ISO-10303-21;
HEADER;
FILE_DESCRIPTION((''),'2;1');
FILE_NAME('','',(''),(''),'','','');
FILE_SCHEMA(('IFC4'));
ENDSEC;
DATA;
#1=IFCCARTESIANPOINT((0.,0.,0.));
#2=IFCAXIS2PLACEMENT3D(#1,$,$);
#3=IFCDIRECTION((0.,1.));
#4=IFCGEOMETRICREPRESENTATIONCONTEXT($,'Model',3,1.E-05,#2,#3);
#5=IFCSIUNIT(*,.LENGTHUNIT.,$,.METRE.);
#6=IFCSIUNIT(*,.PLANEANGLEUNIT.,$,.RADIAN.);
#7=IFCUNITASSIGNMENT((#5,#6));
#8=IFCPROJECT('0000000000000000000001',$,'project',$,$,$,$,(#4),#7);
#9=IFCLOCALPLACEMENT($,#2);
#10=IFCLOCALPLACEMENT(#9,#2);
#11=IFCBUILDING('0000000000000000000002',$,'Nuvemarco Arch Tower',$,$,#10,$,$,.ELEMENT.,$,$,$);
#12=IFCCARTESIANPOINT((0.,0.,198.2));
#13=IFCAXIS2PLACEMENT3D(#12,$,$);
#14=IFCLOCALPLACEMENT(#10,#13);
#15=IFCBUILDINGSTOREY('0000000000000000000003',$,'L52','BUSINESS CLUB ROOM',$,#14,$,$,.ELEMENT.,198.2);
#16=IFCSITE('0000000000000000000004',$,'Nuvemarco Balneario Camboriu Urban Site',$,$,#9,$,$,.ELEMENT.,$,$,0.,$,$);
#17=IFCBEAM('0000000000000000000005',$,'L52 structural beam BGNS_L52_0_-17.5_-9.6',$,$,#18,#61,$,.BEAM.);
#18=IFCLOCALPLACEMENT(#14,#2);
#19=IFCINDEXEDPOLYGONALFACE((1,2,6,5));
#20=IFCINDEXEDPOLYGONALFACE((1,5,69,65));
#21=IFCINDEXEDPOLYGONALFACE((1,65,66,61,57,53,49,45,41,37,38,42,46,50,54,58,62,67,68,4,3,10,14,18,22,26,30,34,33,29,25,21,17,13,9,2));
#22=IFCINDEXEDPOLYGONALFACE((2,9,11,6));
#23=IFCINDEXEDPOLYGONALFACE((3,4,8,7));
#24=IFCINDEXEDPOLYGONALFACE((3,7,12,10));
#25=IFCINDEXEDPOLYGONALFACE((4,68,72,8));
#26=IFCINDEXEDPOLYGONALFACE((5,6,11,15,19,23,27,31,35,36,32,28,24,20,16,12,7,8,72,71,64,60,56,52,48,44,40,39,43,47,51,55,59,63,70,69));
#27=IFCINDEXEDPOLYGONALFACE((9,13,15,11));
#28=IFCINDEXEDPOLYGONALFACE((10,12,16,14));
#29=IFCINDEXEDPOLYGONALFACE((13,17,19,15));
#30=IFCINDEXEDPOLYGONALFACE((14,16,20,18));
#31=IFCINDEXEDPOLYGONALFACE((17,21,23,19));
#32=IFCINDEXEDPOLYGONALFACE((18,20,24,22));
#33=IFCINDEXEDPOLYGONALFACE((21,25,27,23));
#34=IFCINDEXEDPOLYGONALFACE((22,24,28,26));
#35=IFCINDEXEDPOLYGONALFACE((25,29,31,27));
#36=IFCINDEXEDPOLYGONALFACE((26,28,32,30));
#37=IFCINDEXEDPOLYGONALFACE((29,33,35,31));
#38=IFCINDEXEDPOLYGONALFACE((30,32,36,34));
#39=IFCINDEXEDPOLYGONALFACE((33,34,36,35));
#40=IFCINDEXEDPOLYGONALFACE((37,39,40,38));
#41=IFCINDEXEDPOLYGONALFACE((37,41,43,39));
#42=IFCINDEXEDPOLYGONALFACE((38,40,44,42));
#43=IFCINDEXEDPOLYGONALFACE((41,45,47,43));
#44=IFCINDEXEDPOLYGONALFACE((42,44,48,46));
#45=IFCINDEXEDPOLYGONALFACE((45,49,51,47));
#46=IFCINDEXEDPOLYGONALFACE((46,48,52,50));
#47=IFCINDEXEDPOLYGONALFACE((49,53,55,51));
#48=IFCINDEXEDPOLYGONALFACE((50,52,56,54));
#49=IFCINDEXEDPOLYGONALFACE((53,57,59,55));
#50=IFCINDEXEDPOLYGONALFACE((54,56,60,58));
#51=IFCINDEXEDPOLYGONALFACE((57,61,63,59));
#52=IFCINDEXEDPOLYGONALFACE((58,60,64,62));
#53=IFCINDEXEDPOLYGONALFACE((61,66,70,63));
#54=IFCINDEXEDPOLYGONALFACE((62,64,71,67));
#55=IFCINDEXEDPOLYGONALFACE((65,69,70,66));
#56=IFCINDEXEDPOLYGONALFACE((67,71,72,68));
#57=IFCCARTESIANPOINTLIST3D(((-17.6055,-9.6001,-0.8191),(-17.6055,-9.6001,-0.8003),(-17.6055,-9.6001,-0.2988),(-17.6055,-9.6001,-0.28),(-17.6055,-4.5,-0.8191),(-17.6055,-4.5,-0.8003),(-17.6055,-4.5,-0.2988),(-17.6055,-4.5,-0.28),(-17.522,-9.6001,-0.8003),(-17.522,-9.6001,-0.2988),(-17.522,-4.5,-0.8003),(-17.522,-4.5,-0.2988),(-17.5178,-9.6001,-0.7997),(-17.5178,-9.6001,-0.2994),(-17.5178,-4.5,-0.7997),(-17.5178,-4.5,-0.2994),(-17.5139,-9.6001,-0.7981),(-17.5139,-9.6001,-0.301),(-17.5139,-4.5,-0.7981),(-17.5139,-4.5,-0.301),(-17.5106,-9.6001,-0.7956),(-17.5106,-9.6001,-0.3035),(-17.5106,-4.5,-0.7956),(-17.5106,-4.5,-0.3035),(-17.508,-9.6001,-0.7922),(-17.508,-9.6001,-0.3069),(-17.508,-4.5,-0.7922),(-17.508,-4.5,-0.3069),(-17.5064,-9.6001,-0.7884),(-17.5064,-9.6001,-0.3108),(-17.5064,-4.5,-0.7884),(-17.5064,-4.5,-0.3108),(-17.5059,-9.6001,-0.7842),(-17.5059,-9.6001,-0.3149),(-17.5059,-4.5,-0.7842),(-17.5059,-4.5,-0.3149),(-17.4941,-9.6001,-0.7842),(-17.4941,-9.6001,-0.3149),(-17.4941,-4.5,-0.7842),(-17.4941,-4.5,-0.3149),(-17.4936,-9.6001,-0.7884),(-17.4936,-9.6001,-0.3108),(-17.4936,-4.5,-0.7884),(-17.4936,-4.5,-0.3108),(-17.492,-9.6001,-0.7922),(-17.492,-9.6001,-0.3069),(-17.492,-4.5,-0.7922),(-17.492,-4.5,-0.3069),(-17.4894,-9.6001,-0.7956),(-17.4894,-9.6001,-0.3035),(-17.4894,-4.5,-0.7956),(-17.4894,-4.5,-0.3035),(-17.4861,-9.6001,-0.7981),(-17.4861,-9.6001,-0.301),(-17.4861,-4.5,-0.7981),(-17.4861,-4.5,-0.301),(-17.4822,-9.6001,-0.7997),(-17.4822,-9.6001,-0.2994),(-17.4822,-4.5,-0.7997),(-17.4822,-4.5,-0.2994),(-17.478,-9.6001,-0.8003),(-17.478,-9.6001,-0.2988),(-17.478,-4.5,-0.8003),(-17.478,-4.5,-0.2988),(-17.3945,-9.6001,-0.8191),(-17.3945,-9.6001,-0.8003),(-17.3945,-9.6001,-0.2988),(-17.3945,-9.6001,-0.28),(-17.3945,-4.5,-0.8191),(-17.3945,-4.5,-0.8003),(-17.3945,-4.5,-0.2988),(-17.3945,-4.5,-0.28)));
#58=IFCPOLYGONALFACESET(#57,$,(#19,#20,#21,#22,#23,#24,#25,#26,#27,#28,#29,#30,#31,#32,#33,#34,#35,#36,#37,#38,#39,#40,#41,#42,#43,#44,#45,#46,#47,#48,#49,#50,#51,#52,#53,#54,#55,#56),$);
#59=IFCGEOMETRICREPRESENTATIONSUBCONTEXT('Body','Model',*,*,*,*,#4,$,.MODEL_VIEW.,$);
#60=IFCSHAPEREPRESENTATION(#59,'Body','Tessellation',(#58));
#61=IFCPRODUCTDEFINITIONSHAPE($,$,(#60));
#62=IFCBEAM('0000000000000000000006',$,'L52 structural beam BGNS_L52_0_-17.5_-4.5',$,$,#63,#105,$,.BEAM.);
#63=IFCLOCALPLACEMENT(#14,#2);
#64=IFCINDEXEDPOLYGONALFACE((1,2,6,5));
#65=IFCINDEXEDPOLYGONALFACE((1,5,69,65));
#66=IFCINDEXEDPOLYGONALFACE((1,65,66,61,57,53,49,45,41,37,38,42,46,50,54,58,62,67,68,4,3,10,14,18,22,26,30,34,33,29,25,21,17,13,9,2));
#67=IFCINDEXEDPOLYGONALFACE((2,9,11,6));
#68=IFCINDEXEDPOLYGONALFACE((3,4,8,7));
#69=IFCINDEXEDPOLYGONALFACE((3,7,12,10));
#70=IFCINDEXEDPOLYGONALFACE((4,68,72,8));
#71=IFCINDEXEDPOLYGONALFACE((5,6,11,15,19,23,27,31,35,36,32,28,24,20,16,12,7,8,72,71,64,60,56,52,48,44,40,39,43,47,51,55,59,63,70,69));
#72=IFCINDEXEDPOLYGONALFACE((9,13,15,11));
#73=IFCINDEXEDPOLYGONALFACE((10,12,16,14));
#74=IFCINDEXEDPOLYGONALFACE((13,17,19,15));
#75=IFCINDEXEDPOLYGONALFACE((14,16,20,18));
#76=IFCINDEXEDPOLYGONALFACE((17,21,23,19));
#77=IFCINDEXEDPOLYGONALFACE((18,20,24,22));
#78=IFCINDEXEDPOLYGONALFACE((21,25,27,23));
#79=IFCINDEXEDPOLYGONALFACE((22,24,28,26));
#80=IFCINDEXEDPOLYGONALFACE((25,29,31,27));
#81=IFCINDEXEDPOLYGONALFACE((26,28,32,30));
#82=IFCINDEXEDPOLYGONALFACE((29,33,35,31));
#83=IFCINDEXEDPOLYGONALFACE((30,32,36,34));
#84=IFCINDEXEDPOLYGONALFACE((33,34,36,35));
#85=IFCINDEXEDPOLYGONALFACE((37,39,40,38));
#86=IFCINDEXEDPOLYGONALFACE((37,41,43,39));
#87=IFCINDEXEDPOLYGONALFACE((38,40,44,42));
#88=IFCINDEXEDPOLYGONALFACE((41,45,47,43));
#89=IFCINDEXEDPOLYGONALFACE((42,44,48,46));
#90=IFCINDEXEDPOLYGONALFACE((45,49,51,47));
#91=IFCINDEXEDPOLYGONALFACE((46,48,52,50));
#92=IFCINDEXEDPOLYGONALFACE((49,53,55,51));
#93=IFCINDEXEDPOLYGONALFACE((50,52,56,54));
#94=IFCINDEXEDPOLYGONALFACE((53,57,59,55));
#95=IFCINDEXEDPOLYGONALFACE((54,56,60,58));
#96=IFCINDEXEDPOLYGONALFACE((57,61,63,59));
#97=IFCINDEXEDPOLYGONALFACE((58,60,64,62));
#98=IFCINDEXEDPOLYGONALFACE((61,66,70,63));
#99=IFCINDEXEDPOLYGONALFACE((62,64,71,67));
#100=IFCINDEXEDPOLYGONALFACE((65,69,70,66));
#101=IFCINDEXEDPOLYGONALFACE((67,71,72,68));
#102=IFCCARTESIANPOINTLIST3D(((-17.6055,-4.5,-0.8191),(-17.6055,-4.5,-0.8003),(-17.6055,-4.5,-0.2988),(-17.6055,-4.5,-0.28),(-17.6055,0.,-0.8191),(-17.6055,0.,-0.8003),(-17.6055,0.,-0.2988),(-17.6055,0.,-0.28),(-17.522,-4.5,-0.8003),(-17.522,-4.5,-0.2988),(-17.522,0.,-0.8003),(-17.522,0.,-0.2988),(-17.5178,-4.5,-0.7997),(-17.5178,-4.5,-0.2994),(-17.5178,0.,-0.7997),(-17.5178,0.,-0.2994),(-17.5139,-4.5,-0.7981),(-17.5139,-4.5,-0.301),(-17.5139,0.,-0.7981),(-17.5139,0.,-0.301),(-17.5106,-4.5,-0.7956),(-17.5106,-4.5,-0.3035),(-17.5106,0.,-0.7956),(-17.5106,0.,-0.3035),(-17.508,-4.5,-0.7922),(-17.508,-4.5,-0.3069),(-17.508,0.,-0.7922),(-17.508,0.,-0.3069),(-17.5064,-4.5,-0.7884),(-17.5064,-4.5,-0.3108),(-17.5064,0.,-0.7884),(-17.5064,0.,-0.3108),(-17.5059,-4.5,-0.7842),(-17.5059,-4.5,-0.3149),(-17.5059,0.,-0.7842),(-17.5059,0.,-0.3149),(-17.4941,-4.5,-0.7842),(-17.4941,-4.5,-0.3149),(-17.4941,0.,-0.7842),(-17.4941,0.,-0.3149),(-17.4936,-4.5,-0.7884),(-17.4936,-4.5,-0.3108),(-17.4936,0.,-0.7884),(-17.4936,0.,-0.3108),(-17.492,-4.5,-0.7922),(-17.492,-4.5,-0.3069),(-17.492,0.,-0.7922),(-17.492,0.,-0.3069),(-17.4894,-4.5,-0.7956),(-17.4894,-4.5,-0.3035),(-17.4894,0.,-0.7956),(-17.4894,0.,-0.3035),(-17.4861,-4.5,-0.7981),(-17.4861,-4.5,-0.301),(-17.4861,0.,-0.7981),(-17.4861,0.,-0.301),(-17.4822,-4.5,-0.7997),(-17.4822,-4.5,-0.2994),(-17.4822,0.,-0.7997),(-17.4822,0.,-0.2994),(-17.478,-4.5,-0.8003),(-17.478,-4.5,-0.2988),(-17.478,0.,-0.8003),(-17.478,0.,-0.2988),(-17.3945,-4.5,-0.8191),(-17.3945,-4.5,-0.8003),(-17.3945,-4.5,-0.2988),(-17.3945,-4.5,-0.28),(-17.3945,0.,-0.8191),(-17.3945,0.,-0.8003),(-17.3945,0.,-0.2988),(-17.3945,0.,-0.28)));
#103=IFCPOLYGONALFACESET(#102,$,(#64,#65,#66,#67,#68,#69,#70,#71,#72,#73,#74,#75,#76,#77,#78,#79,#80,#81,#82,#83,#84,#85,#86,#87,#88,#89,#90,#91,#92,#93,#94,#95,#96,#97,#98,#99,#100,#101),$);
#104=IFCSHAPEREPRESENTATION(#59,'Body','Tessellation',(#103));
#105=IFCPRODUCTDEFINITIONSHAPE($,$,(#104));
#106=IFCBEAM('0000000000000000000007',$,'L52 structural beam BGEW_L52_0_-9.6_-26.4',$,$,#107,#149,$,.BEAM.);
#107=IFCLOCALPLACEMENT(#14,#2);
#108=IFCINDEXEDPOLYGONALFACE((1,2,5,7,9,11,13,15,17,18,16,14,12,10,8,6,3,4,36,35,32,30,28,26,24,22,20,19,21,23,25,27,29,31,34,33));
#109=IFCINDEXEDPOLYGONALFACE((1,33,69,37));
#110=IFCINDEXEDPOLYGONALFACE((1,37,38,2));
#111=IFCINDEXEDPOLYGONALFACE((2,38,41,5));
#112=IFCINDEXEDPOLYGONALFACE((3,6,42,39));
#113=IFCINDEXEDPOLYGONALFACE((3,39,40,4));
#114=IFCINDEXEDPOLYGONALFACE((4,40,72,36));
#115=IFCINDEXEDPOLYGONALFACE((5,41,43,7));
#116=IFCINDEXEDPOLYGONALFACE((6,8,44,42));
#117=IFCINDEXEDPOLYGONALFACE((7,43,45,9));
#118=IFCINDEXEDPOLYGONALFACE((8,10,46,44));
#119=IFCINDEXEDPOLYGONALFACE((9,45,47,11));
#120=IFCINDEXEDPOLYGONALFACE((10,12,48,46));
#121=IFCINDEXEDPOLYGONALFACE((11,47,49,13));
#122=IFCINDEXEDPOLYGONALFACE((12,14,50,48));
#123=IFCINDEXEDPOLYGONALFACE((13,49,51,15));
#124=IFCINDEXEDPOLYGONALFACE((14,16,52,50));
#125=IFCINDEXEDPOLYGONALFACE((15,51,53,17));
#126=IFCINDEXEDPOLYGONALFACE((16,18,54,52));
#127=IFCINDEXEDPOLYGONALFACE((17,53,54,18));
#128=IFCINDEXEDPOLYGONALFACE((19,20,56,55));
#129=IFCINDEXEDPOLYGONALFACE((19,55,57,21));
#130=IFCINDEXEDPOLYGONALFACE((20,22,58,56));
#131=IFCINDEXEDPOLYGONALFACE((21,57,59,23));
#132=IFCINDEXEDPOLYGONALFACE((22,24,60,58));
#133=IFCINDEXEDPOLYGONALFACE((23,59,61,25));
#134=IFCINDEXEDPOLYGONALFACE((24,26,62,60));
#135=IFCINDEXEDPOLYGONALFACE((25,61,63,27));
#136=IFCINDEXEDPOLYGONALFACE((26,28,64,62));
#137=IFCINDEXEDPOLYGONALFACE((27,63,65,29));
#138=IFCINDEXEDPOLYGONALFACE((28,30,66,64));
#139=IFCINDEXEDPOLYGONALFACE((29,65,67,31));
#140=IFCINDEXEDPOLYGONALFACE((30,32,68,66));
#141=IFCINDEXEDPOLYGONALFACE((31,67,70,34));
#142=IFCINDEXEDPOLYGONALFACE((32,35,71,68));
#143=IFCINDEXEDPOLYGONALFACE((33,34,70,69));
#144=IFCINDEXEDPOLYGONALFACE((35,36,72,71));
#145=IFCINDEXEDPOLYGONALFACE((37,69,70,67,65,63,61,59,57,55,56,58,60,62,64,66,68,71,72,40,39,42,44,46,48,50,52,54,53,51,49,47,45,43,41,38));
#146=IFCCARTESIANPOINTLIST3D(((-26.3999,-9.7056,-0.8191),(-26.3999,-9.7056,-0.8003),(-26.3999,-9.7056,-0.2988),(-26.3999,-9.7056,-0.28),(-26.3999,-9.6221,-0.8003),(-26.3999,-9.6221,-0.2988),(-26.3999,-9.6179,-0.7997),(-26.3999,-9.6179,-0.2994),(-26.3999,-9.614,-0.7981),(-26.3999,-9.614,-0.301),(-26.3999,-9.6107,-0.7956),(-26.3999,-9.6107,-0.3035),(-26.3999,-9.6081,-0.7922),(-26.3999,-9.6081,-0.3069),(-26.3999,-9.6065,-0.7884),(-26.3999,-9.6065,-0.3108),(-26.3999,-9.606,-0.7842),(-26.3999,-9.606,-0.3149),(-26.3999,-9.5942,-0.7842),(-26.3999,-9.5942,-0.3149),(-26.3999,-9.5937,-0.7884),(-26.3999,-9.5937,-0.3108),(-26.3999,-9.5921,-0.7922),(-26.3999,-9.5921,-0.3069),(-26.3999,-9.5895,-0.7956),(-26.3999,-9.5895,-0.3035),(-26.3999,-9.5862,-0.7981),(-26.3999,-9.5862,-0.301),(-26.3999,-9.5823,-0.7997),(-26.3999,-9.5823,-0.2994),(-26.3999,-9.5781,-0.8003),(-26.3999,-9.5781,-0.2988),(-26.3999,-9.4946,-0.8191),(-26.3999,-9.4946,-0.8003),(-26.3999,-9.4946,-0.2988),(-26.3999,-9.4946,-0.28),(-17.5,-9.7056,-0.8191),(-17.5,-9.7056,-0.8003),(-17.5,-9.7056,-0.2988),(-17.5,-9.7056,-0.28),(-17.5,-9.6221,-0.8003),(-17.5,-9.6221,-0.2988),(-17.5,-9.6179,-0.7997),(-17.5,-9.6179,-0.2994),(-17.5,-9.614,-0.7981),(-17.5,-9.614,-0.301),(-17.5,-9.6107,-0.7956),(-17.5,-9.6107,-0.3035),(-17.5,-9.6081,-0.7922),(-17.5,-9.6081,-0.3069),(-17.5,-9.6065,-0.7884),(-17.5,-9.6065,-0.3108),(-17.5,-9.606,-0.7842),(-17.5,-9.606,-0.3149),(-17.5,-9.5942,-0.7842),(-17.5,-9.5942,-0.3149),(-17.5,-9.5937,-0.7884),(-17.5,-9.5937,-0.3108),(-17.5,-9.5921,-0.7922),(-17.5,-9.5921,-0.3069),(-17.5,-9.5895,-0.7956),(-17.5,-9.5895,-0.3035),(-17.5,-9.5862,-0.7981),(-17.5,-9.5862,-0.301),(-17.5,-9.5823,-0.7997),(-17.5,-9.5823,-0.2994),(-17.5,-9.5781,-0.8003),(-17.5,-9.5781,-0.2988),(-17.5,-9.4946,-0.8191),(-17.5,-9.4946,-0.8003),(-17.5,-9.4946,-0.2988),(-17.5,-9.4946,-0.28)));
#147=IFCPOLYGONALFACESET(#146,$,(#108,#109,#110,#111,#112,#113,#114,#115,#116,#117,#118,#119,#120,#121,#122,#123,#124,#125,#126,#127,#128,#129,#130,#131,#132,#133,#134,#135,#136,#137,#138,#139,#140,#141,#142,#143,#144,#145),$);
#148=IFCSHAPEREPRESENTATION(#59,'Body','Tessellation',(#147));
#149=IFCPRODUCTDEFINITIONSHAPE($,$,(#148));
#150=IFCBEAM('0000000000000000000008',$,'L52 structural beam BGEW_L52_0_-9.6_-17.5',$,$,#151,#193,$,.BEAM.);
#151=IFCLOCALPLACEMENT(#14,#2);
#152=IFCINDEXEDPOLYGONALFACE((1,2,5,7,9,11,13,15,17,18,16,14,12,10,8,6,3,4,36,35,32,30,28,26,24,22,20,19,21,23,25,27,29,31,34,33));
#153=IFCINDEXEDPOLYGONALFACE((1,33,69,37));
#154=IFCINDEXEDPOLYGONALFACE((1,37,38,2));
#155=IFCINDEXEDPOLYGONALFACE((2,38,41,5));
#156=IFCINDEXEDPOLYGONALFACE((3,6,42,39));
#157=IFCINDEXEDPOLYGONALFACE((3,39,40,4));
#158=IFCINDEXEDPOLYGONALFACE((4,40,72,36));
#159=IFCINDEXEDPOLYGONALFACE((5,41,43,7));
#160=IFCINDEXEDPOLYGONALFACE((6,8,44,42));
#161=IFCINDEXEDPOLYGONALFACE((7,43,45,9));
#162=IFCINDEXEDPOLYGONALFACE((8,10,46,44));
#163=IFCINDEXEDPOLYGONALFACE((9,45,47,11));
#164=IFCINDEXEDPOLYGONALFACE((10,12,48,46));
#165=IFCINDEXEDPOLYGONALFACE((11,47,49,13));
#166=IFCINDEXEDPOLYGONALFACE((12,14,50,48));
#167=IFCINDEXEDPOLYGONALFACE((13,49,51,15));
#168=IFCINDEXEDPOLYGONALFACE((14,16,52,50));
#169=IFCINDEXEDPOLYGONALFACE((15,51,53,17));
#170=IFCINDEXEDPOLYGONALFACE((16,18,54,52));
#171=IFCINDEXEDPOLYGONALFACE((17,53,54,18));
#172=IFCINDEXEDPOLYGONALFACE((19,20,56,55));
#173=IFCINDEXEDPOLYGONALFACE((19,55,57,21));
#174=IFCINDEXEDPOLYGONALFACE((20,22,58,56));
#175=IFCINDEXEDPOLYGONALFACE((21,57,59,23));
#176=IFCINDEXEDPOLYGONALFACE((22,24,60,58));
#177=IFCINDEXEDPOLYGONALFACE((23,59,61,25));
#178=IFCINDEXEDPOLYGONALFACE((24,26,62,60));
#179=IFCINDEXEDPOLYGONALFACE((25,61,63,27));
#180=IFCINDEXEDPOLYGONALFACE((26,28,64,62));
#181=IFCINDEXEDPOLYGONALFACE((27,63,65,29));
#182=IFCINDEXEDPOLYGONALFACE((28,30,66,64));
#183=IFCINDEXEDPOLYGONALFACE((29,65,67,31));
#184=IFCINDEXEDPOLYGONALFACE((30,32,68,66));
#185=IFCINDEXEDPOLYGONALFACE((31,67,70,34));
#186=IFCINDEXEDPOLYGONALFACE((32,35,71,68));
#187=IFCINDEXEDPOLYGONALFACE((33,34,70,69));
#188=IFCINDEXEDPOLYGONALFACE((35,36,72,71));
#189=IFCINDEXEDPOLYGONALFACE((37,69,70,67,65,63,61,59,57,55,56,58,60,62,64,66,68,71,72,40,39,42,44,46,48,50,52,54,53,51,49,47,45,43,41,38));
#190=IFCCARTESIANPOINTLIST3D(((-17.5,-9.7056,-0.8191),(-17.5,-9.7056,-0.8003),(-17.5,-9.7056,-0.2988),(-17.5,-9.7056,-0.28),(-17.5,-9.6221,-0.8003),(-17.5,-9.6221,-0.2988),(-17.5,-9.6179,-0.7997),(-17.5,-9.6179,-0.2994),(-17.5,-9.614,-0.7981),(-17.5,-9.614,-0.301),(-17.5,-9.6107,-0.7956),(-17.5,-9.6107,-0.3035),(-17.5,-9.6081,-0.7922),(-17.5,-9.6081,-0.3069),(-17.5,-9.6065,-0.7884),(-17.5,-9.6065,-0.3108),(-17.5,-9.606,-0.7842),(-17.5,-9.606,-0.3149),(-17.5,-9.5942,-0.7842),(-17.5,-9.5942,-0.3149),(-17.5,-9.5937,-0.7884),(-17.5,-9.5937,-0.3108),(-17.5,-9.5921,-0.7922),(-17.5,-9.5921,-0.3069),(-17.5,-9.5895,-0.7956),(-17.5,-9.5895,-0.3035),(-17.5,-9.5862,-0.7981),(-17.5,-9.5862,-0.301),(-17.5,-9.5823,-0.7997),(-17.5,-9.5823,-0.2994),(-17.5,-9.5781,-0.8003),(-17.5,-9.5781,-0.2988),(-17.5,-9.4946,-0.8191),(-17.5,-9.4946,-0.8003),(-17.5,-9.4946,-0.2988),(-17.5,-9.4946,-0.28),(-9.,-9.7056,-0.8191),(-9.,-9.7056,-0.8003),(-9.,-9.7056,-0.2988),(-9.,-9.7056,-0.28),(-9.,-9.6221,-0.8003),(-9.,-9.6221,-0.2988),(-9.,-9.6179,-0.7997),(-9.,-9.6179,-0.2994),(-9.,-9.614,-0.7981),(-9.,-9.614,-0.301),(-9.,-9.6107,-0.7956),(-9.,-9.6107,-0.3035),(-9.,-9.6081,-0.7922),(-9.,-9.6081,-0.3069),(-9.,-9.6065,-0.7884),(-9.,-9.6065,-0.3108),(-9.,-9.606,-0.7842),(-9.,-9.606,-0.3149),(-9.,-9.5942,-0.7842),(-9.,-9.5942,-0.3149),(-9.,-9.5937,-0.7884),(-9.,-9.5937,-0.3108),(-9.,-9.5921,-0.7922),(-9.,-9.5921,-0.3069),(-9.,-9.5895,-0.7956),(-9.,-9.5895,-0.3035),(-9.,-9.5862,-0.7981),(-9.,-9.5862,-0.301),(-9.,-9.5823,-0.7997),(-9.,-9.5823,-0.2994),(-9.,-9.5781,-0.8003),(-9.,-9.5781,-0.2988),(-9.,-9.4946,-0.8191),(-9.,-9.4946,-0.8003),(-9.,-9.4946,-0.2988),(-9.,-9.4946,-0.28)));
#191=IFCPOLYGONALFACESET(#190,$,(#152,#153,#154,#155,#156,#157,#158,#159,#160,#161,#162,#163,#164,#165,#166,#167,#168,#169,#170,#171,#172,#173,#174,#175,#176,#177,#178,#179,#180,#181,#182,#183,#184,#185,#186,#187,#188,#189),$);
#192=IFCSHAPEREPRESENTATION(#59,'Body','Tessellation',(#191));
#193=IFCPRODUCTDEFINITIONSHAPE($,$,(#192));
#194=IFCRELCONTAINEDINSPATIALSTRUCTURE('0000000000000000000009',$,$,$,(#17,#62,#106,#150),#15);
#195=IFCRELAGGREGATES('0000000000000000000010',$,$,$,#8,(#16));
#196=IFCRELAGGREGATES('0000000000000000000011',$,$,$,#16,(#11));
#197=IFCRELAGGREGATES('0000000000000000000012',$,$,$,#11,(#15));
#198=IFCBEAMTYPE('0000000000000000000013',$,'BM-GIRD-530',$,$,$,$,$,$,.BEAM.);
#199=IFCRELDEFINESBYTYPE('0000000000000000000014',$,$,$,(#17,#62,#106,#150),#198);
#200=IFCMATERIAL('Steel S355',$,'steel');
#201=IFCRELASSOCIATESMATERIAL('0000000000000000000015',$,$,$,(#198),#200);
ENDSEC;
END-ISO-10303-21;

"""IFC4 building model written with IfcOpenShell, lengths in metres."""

from ifc_helpers import new_model, si_unit, direction, frame, origin, origin_2d, place, context, subcontext, project, spatial, i_section, extrude, material, material_profile, profile_set, type_object, element, save


model = new_model("IFC4")

# Units and contexts
model_context = context("Model", 3, precision=1e-05, world=origin(), true_north=direction((0.0, 1.0)))
body_context = subcontext(model_context, "Body", "Model", "MODEL_VIEW")
ifc_project = project(units=[si_unit("LENGTHUNIT", "METRE"), si_unit("PLANEANGLEUNIT", "RADIAN")], contexts=[model_context])

# Site, building, storey
site_placement = place(None, origin())
site = spatial("IfcSite", under=ifc_project, at=site_placement, Name="Nuvemarco Balneario Camboriu Urban Site", CompositionType="ELEMENT", RefElevation=0.0)
building_placement = place(site_placement, origin())
building = spatial("IfcBuilding", under=site, at=building_placement, Name="Nuvemarco Arch Tower", CompositionType="ELEMENT")
storey_placement = place(building_placement, frame((0.0, 0.0, 198.2)))
storey = spatial("IfcBuildingStorey", under=building, at=storey_placement, Name="L52", Description="BUSINESS CLUB ROOM", CompositionType="ELEMENT", Elevation=198.2)

# Shared definitions
ifc_material_1 = material(Name="Steel S355", Category="steel")

# Beams
ifc_material_profile_1 = material_profile(ifc_material_1, i_section(OverallWidth=0.2109, OverallDepth=0.5391, WebThickness=0.0117, FlangeThickness=0.0188, FilletRadius=0.0161, at=origin_2d()), Name="W530x109")
ifc_profile_set_1 = profile_set([ifc_material_profile_1], Name="Steel S355")
beam_type_1 = type_object("IfcBeamType", Name="BM-GIRD-530", PredefinedType="BEAM", material=ifc_profile_set_1)
beam_1_placement = place(storey_placement, frame((-17.5, -9.6001, -0.5496), z_axis=(0.0, 1.0, 0.0), x_axis=(-1.0, 0.0, 0.0)))
element("IfcBeam", 1, at=beam_1_placement, inside=storey, type_object=beam_type_1, Name="L52 structural beam BGNS_L52_0_-17.5_-9.6", PredefinedType="BEAM", context=body_context, shape_type="SweptSolid", body=[
    extrude(i_section(OverallWidth=0.2109, OverallDepth=0.5391, WebThickness=0.0117, FlangeThickness=0.0188, FilletRadius=0.0161, at=origin_2d()), origin(), (0.0, 0.0, 1.0), 5.1001),
])
beam_2_placement = place(storey_placement, frame((-17.5, -4.5, -0.5496), z_axis=(0.0, 1.0, 0.0), x_axis=(-1.0, 0.0, 0.0)))
element("IfcBeam", 2, at=beam_2_placement, inside=storey, type_object=beam_type_1, Name="L52 structural beam BGNS_L52_0_-17.5_-4.5", PredefinedType="BEAM", context=body_context, shape_type="SweptSolid", body=[
    extrude(i_section(OverallWidth=0.2109, OverallDepth=0.5391, WebThickness=0.0117, FlangeThickness=0.0188, FilletRadius=0.0161, at=origin_2d()), origin(), (0.0, 0.0, 1.0), 4.5),
])
beam_3_placement = place(storey_placement, frame((-26.3999, -9.6001, -0.5496), z_axis=(1.0, 0.0, 0.0), x_axis=(0.0, 1.0, 0.0)))
element("IfcBeam", 3, at=beam_3_placement, inside=storey, type_object=beam_type_1, Name="L52 structural beam BGEW_L52_0_-9.6_-26.4", PredefinedType="BEAM", context=body_context, shape_type="SweptSolid", body=[
    extrude(i_section(OverallWidth=0.2109, OverallDepth=0.5391, WebThickness=0.0117, FlangeThickness=0.0188, FilletRadius=0.0161, at=origin_2d()), origin(), (0.0, 0.0, 1.0), 8.8999),
])
beam_4_placement = place(storey_placement, frame((-17.5, -9.6001, -0.5496), z_axis=(1.0, 0.0, 0.0), x_axis=(0.0, 1.0, 0.0)))
element("IfcBeam", 4, at=beam_4_placement, inside=storey, type_object=beam_type_1, Name="L52 structural beam BGEW_L52_0_-9.6_-17.5", PredefinedType="BEAM", context=body_context, shape_type="SweptSolid", body=[
    extrude(i_section(OverallWidth=0.2109, OverallDepth=0.5391, WebThickness=0.0117, FlangeThickness=0.0188, FilletRadius=0.0161, at=origin_2d()), origin(), (0.0, 0.0, 1.0), 8.5),
])

save(model, "model.ifc")
